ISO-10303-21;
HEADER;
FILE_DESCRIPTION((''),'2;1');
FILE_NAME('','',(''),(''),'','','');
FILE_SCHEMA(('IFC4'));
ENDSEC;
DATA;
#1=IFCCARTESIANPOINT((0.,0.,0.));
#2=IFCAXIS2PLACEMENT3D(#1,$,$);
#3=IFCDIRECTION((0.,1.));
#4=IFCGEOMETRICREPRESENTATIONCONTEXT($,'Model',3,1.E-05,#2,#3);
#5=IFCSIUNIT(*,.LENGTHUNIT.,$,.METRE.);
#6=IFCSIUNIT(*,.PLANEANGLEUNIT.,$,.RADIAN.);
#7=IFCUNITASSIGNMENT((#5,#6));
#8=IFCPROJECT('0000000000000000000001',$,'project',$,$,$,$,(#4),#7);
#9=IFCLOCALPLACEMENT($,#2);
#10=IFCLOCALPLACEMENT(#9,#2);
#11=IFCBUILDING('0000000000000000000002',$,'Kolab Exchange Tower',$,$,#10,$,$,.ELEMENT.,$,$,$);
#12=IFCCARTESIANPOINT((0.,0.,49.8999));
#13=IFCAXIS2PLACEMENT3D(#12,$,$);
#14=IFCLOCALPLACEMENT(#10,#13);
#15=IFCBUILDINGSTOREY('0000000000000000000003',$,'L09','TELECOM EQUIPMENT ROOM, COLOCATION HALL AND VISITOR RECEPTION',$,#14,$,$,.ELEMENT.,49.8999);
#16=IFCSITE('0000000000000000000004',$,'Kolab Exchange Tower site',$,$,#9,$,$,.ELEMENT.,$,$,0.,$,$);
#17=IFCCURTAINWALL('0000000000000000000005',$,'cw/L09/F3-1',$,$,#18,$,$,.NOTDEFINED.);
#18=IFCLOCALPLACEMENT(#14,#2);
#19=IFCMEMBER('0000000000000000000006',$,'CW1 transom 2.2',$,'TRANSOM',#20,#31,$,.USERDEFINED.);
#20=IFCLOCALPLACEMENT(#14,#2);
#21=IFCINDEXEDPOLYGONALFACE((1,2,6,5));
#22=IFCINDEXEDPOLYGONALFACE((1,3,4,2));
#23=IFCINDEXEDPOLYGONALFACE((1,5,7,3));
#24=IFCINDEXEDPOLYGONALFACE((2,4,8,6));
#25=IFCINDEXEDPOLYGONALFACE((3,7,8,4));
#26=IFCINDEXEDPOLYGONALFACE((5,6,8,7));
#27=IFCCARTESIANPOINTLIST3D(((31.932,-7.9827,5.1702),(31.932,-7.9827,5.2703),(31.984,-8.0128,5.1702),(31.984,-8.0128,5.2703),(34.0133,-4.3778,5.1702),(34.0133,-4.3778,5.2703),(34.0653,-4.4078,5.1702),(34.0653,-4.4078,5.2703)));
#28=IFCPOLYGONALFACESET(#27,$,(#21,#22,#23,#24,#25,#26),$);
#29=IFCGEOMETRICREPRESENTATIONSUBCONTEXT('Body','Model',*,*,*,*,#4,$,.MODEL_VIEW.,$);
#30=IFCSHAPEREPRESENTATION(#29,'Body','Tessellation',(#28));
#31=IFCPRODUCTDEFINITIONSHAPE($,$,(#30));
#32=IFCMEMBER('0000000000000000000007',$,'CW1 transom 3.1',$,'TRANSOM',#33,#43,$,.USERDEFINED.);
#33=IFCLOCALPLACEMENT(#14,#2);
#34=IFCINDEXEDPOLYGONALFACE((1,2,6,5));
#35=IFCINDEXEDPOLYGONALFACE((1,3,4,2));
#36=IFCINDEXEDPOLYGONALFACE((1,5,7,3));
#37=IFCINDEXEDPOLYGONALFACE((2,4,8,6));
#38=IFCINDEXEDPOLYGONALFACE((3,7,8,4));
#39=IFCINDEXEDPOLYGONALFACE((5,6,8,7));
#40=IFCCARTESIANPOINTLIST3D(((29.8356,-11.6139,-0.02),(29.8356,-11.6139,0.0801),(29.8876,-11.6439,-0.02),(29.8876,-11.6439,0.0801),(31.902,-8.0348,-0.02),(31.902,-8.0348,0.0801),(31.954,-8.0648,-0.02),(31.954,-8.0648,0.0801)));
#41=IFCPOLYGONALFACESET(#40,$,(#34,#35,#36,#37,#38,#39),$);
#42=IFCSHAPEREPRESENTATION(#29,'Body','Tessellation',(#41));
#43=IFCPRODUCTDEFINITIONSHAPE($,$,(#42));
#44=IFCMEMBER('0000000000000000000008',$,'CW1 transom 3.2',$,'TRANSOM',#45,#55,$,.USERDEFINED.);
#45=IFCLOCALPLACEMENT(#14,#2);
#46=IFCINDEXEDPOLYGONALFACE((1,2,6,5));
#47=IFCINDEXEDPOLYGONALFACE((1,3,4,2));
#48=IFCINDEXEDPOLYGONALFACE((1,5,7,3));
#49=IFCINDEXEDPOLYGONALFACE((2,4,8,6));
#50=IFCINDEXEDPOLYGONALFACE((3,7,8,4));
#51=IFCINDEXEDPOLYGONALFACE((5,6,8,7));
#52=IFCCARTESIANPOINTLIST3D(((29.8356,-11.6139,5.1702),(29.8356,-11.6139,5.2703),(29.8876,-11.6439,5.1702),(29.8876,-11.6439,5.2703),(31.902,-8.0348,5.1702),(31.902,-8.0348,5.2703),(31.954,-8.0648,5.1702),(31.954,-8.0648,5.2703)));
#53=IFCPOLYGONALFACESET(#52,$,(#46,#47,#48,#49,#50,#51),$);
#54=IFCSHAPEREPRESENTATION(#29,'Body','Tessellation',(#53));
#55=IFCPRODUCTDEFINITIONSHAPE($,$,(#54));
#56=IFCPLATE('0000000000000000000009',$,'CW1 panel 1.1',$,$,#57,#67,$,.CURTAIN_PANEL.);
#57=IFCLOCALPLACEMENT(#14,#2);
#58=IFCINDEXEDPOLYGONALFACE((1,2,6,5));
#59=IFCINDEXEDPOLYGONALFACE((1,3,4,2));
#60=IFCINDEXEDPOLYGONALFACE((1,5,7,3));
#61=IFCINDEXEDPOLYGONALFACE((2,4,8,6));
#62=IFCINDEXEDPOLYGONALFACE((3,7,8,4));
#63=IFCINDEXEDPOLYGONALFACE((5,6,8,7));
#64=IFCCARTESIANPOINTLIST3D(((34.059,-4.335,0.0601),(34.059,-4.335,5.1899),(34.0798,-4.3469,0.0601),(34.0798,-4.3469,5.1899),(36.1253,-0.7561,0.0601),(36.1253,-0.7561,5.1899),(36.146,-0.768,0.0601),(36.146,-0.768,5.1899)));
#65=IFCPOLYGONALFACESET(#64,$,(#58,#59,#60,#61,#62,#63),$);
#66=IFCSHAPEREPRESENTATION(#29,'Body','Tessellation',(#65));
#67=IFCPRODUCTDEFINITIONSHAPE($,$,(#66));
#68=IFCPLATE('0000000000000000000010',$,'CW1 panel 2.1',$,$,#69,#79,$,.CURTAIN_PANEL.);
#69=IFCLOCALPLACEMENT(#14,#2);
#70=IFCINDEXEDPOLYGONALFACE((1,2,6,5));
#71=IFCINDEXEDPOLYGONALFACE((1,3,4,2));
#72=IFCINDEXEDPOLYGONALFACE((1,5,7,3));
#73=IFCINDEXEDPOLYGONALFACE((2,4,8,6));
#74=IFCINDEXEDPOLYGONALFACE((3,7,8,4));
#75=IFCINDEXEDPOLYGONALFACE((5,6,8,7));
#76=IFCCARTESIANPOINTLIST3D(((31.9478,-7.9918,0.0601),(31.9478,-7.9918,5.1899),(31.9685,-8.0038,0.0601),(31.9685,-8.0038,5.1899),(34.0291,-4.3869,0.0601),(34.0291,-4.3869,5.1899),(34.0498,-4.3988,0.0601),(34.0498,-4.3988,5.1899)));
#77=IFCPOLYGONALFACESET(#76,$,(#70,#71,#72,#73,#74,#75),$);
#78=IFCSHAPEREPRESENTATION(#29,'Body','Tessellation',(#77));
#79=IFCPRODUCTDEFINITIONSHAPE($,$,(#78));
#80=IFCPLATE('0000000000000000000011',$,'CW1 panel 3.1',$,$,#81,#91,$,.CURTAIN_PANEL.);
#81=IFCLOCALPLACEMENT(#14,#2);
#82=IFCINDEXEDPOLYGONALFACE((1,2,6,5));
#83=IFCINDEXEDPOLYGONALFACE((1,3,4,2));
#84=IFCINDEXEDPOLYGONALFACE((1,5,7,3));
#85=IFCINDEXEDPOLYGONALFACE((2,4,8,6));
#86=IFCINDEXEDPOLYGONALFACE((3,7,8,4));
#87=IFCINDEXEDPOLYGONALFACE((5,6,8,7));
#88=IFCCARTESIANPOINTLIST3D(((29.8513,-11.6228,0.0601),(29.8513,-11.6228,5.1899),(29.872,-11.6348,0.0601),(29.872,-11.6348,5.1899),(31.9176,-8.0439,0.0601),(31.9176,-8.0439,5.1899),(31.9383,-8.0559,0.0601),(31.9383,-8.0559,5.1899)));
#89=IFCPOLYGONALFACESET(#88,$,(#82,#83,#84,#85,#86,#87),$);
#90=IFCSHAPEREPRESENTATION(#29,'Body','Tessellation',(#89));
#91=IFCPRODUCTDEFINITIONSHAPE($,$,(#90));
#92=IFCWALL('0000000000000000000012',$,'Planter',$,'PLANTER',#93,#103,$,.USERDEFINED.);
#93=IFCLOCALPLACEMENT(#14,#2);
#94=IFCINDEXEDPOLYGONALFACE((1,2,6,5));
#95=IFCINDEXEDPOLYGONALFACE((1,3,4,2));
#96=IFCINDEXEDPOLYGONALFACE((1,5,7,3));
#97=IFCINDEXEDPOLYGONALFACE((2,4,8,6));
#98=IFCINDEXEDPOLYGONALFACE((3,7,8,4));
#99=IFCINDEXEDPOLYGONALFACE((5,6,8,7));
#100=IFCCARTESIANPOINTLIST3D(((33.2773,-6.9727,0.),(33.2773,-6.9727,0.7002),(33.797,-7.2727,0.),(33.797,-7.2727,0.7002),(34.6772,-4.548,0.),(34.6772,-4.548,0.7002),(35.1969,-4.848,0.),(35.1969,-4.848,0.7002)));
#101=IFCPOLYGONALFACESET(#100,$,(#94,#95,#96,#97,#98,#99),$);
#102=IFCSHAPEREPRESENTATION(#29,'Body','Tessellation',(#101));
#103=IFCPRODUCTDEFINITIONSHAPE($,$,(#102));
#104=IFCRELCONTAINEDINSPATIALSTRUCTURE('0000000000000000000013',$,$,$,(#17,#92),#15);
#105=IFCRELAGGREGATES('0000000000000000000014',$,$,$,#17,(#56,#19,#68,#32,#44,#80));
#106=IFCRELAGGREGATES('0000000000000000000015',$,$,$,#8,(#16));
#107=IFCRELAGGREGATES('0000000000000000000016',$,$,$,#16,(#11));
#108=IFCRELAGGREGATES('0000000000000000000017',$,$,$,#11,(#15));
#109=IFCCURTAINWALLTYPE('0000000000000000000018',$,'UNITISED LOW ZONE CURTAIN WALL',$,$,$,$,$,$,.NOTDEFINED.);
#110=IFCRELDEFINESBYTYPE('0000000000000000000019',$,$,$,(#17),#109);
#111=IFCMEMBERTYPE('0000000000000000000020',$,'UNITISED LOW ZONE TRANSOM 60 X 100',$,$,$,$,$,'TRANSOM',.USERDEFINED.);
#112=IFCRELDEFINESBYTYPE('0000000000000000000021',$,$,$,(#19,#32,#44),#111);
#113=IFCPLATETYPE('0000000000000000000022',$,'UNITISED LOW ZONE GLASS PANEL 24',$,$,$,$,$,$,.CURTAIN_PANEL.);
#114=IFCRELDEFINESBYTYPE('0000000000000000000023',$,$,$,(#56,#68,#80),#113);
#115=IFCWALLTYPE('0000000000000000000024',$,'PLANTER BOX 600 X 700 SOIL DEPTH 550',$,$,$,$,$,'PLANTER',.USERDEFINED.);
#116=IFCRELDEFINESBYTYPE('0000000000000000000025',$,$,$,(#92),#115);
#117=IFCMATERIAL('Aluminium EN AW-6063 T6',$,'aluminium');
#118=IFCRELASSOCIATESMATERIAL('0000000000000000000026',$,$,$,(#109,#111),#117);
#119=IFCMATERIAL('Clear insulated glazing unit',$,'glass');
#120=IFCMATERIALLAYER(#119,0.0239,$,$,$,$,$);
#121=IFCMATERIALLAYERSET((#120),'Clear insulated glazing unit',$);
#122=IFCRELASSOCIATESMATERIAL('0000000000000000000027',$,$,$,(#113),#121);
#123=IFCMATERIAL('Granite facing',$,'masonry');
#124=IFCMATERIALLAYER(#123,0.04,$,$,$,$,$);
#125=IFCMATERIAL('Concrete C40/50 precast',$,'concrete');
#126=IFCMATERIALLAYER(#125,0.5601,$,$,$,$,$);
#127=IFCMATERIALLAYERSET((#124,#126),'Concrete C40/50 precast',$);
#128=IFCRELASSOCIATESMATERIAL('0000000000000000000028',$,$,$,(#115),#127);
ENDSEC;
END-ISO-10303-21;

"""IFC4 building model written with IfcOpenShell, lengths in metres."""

from ifc_helpers import new_model, si_unit, direction, frame, frame_2d, origin, origin_2d, place, context, subcontext, project, spatial, rectangle, extrude, material, layer, layer_set, material_profile, profile_set, type_object, element, aggregate, save


model = new_model("IFC4")

# Units and contexts
model_context = context("Model", 3, precision=1e-05, world=origin(), true_north=direction((0.0, 1.0)))
body_context = subcontext(model_context, "Body", "Model", "MODEL_VIEW")
ifc_project = project(units=[si_unit("LENGTHUNIT", "METRE"), si_unit("PLANEANGLEUNIT", "RADIAN")], contexts=[model_context])

# Site, building, storey
site_placement = place(None, origin())
site = spatial("IfcSite", under=ifc_project, at=site_placement, Name="Kolab Exchange Tower site", CompositionType="ELEMENT", RefElevation=0.0)
building_placement = place(site_placement, origin())
building = spatial("IfcBuilding", under=site, at=building_placement, Name="Kolab Exchange Tower", CompositionType="ELEMENT")
storey_placement = place(building_placement, frame((0.0, 0.0, 49.8999)))
storey = spatial("IfcBuildingStorey", under=building, at=storey_placement, Name="L09", Description="TELECOM EQUIPMENT ROOM, COLOCATION HALL AND VISITOR RECEPTION", CompositionType="ELEMENT", Elevation=49.8999)

# Curtain wall
ifc_material_1 = material(Name="Aluminium EN AW-6063 T6", Category="aluminium")
curtain_wall_type = type_object("IfcCurtainWallType", Name="UNITISED LOW ZONE CURTAIN WALL", PredefinedType="NOTDEFINED", material=ifc_material_1)
curtain_wall_1_placement = place(storey_placement, origin())
curtain_wall_1 = element("IfcCurtainWall", 1, at=curtain_wall_1_placement, inside=storey, type_object=curtain_wall_type, Name="cw/L09/F3-1", PredefinedType="NOTDEFINED")

# Members
ifc_material_profile_1 = material_profile(ifc_material_1, rectangle(XDim=0.0601, YDim=0.1001, at=origin_2d()), Name="RECT 60X100")
ifc_profile_set_1 = profile_set([ifc_material_profile_1], Name="Aluminium EN AW-6063 T6")
member_type_1 = type_object("IfcMemberType", Name="UNITISED LOW ZONE TRANSOM 60 X 100", ElementType="TRANSOM", PredefinedType="USERDEFINED", material=ifc_profile_set_1)
member_1_placement = place(storey_placement, frame((34.0393, -4.3928, 5.2202), z_axis=(-0.499993, -0.866029, 0.0), x_axis=(0.866029, -0.499993, 0.0)))
member_1 = element("IfcMember", 2, at=member_1_placement, type_object=member_type_1, Name="CW1 transom 2.2", ObjectType="TRANSOM", PredefinedType="USERDEFINED", context=body_context, shape_type="SweptSolid", body=[
    extrude(rectangle(XDim=0.0601, YDim=0.1001, at=origin_2d()), origin(), (0.0, 0.0, 1.0), 4.1626),
])
member_2_placement = place(storey_placement, frame((31.928, -8.0498, 0.03), z_axis=(-0.500002, -0.866024, 0.0), x_axis=(0.866024, -0.500002, 0.0)))
member_2 = element("IfcMember", 3, at=member_2_placement, type_object=member_type_1, Name="CW1 transom 3.1", ObjectType="TRANSOM", PredefinedType="USERDEFINED", context=body_context, shape_type="SweptSolid", body=[
    extrude(rectangle(XDim=0.0601, YDim=0.1001, at=origin_2d()), origin(), (0.0, 0.0, 1.0), 4.1328),
])
member_3_placement = place(storey_placement, frame((31.928, -8.0498, 5.2202), z_axis=(-0.500002, -0.866024, 0.0), x_axis=(0.866024, -0.500002, 0.0)))
member_3 = element("IfcMember", 4, at=member_3_placement, type_object=member_type_1, Name="CW1 transom 3.2", ObjectType="TRANSOM", PredefinedType="USERDEFINED", context=body_context, shape_type="SweptSolid", body=[
    extrude(rectangle(XDim=0.0601, YDim=0.1001, at=origin_2d()), origin(), (0.0, 0.0, 1.0), 4.1328),
])

# Plates
ifc_material_2 = material(Name="Clear insulated glazing unit", Category="glass")
ifc_layer_1 = layer(ifc_material_2, 0.0239)
ifc_layer_set_1 = layer_set([ifc_layer_1], Name="Clear insulated glazing unit")
plate_type = type_object("IfcPlateType", Name="UNITISED LOW ZONE GLASS PANEL 24", PredefinedType="CURTAIN_PANEL", material=ifc_layer_set_1)
plate_1_placement = place(storey_placement, frame((35.1025, -2.5515, 0.0601), z_axis=(0.0, 0.0, 1.0), x_axis=(-0.5, -0.866025, 0.0)))
plate_1 = element("IfcPlate", 5, at=plate_1_placement, type_object=plate_type, Name="CW1 panel 1.1", PredefinedType="CURTAIN_PANEL", context=body_context, shape_type="SweptSolid", body=[
    extrude(rectangle(XDim=4.1326, YDim=0.0239, at=origin_2d()), origin(), (0.0, 0.0, 1.0), 5.1299),
])
plate_2_placement = place(storey_placement, frame((32.9988, -6.1953, 0.0601), z_axis=(0.0, 0.0, 1.0), x_axis=(-0.5, -0.866025, 0.0)))
plate_2 = element("IfcPlate", 6, at=plate_2_placement, type_object=plate_type, Name="CW1 panel 2.1", PredefinedType="CURTAIN_PANEL", context=body_context, shape_type="SweptSolid", body=[
    extrude(rectangle(XDim=4.1626, YDim=0.0239, at=origin_2d()), origin(), (0.0, 0.0, 1.0), 5.1299),
])
plate_3_placement = place(storey_placement, frame((30.8948, -9.8394, 0.0601), z_axis=(0.0, 0.0, 1.0), x_axis=(-0.5, -0.866025, 0.0)))
plate_3 = element("IfcPlate", 7, at=plate_3_placement, type_object=plate_type, Name="CW1 panel 3.1", PredefinedType="CURTAIN_PANEL", context=body_context, shape_type="SweptSolid", body=[
    extrude(rectangle(XDim=4.1326, YDim=0.0239, at=origin_2d()), origin(), (0.0, 0.0, 1.0), 5.1299),
])
aggregate(curtain_wall_1, [plate_1, member_1, plate_2, member_2, member_3, plate_3])

# Wall
ifc_material_3 = material(Name="Granite facing", Category="masonry")
ifc_layer_2 = layer(ifc_material_3, 0.04)
ifc_material_4 = material(Name="Concrete C40/50 precast", Category="concrete")
ifc_layer_3 = layer(ifc_material_4, 0.5601)
ifc_layer_set_2 = layer_set([ifc_layer_2, ifc_layer_3], Name="Concrete C40/50 precast")
wall_type = type_object("IfcWallType", Name="PLANTER BOX 600 X 700 SOIL DEPTH 550", ElementType="PLANTER", PredefinedType="USERDEFINED", material=ifc_layer_set_2)
wall_placement = place(storey_placement, frame((34.937, -4.698, 0.0), z_axis=(0.0, 0.0, 1.0), x_axis=(-0.499984, -0.866035, 0.0)))
element("IfcWall", 8, at=wall_placement, inside=storey, type_object=wall_type, Name="Planter", ObjectType="PLANTER", PredefinedType="USERDEFINED", context=body_context, shape_type="SweptSolid", body=[
    extrude(rectangle(XDim=2.7998, YDim=0.6001, at=frame_2d((1.3999, 0.0))), origin(), (0.0, 0.0, 1.0), 0.7002),
])

save(model, "model.ifc")
